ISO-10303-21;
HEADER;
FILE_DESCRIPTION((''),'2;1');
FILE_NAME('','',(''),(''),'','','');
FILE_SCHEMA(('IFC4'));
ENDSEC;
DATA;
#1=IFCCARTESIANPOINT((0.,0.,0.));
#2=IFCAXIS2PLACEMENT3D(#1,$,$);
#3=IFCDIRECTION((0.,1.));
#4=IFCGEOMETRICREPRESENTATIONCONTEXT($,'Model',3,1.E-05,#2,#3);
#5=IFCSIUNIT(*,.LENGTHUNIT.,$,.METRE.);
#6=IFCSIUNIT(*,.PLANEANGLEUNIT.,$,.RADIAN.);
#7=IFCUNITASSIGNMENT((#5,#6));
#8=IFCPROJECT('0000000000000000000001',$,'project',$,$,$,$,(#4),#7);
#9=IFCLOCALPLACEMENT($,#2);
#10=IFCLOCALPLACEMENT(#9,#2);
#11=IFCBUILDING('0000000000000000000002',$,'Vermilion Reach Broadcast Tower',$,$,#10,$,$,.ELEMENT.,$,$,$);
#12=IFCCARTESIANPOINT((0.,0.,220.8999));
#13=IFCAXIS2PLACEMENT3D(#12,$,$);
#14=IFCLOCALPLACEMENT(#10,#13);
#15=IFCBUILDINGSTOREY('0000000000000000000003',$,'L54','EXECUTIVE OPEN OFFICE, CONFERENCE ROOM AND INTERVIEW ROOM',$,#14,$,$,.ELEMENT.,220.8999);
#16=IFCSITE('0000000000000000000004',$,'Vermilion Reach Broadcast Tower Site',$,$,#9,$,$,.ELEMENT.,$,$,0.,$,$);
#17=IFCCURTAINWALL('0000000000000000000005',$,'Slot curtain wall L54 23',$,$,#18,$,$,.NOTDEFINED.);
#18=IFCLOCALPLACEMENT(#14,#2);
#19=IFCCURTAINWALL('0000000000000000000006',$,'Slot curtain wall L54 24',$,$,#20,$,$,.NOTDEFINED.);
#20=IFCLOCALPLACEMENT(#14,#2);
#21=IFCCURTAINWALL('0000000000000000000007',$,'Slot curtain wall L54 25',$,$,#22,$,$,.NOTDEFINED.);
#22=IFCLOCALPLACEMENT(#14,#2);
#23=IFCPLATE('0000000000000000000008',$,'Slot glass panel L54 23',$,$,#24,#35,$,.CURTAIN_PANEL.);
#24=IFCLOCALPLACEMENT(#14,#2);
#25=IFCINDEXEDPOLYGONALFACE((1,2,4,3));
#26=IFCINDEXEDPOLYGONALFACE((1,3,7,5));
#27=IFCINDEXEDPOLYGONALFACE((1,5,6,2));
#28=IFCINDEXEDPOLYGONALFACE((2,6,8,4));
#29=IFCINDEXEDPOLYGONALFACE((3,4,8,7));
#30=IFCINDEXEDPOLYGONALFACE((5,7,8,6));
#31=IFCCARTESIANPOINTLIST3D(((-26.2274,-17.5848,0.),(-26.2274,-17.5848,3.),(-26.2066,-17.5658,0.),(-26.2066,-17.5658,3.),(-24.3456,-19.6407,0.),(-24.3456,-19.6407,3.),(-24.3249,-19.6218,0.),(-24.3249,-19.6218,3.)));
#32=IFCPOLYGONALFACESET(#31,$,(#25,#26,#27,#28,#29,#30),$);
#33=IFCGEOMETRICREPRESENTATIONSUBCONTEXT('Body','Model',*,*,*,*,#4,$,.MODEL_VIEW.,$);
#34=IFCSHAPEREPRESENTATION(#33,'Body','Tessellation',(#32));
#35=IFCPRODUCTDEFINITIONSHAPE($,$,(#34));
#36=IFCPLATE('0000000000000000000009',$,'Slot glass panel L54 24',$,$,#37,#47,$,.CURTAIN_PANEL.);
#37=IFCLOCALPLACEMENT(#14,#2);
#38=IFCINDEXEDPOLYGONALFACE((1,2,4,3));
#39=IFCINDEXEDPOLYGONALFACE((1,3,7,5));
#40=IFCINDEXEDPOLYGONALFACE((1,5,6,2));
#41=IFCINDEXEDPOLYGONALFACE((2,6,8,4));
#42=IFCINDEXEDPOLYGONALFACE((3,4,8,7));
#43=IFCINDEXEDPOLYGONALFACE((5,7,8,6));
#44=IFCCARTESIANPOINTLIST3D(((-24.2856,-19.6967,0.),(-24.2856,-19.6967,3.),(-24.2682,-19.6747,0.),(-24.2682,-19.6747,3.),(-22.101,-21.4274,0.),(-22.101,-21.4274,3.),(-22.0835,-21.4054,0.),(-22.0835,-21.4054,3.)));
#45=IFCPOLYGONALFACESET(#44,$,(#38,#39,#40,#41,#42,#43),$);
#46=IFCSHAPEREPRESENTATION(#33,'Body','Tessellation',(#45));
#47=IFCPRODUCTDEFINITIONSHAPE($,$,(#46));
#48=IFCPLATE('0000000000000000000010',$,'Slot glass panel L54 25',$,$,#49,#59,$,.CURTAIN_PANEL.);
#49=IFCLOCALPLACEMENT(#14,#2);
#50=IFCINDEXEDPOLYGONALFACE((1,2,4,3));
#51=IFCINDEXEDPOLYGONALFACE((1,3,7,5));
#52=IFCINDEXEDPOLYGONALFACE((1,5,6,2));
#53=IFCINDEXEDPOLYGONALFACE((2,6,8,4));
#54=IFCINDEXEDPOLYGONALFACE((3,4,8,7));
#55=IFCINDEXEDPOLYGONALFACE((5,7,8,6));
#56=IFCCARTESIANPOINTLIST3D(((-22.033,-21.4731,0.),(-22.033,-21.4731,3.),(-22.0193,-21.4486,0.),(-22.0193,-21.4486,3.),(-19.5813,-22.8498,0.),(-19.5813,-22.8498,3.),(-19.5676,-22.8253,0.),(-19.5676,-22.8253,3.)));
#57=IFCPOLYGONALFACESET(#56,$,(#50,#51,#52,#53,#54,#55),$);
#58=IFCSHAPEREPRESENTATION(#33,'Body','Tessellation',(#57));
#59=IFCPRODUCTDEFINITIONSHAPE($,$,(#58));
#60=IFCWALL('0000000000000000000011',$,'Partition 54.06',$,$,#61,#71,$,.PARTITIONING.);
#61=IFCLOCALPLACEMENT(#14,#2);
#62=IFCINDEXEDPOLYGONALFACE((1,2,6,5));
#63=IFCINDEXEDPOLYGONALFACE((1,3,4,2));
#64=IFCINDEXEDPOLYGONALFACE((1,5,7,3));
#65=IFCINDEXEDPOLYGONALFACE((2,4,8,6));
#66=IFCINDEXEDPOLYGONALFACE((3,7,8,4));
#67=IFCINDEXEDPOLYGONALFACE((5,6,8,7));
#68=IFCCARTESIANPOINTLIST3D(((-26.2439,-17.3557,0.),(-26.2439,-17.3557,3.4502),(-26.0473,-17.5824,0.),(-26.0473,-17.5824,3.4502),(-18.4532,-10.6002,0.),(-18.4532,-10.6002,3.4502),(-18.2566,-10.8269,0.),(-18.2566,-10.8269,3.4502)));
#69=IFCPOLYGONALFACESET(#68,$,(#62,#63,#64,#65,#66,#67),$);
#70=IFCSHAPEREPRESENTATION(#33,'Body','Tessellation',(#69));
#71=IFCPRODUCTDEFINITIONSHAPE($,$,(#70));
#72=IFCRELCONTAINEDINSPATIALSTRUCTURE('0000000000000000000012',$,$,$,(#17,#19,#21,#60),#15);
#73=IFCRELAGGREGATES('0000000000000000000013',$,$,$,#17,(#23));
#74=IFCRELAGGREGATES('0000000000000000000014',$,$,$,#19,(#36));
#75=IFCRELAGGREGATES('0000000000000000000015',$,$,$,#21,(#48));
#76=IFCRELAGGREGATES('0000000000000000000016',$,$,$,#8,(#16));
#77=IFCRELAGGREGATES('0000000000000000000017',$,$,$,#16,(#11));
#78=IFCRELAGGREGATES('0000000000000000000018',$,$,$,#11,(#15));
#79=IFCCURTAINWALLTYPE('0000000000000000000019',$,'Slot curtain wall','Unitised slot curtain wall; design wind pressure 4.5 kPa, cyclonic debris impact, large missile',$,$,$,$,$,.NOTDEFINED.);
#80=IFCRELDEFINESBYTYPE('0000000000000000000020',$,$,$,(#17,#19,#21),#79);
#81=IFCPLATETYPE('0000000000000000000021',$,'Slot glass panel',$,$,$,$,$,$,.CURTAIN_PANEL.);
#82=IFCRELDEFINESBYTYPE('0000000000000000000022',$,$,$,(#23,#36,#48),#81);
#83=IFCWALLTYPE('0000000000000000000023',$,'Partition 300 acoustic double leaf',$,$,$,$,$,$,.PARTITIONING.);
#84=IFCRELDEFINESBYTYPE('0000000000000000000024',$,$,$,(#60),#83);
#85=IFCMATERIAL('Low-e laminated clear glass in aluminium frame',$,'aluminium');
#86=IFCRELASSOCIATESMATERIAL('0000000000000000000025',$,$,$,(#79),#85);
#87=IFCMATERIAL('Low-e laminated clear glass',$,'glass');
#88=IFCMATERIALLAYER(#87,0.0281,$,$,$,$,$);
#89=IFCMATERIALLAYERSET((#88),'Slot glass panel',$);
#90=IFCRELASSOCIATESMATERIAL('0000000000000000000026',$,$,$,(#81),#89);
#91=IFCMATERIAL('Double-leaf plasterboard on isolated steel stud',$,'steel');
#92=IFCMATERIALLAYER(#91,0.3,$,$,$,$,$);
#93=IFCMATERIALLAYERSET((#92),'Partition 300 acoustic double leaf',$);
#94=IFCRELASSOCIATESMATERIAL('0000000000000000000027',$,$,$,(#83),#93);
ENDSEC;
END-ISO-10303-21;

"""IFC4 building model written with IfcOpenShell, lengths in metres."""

from ifc_helpers import new_model, si_unit, direction, frame, frame_2d, origin, origin_2d, place, context, subcontext, project, spatial, rectangle, extrude, material, layer, layer_set, type_object, element, aggregate, save


model = new_model("IFC4")

# Units and contexts
model_context = context("Model", 3, precision=1e-05, world=origin(), true_north=direction((0.0, 1.0)))
body_context = subcontext(model_context, "Body", "Model", "MODEL_VIEW")
ifc_project = project(units=[si_unit("LENGTHUNIT", "METRE"), si_unit("PLANEANGLEUNIT", "RADIAN")], contexts=[model_context])

# Site, building, storey
site_placement = place(None, origin())
site = spatial("IfcSite", under=ifc_project, at=site_placement, Name="Vermilion Reach Broadcast Tower Site", CompositionType="ELEMENT", RefElevation=0.0)
building_placement = place(site_placement, origin())
building = spatial("IfcBuilding", under=site, at=building_placement, Name="Vermilion Reach Broadcast Tower", CompositionType="ELEMENT")
storey_placement = place(building_placement, frame((0.0, 0.0, 220.8999)))
storey = spatial("IfcBuildingStorey", under=building, at=storey_placement, Name="L54", Description="EXECUTIVE OPEN OFFICE, CONFERENCE ROOM AND INTERVIEW ROOM", CompositionType="ELEMENT", Elevation=220.8999)

# Curtain walls
ifc_material_1 = material(Name="Low-e laminated clear glass in aluminium frame", Category="aluminium")
curtain_wall_type = type_object("IfcCurtainWallType", Name="Slot curtain wall", Description="Unitised slot curtain wall; design wind pressure 4.5 kPa, cyclonic debris impact, large missile", PredefinedType="NOTDEFINED", material=ifc_material_1)
placement = place(storey_placement, origin())
curtain_wall_1 = element("IfcCurtainWall", 1, at=placement, inside=storey, type_object=curtain_wall_type, Name="Slot curtain wall L54 23", PredefinedType="NOTDEFINED")
curtain_wall_2 = element("IfcCurtainWall", 2, at=placement, inside=storey, type_object=curtain_wall_type, Name="Slot curtain wall L54 24", PredefinedType="NOTDEFINED")
curtain_wall_3 = element("IfcCurtainWall", 3, at=placement, inside=storey, type_object=curtain_wall_type, Name="Slot curtain wall L54 25", PredefinedType="NOTDEFINED")

# Plates
ifc_material_2 = material(Name="Low-e laminated clear glass", Category="glass")
ifc_layer_1 = layer(ifc_material_2, 0.0281)
ifc_layer_set_1 = layer_set([ifc_layer_1], Name="Slot glass panel")
plate_type = type_object("IfcPlateType", Name="Slot glass panel", PredefinedType="CURTAIN_PANEL", material=ifc_layer_set_1)
plate_1_placement = place(storey_placement, frame((-25.2761, -18.6033, 0.0), z_axis=(0.0, 0.0, 1.0), x_axis=(0.675162, -0.737669, 0.0)))
plate_1 = element("IfcPlate", 4, at=plate_1_placement, type_object=plate_type, Name="Slot glass panel L54 23", PredefinedType="CURTAIN_PANEL", context=body_context, shape_type="SweptSolid", body=[
    extrude(rectangle(XDim=2.7871, YDim=0.0281, at=origin_2d()), origin(), (0.0, 0.0, 1.0), 3.0),
])
aggregate(curtain_wall_1, [plate_1])
plate_2_placement = place(storey_placement, frame((-23.1846, -20.551, 0.0), z_axis=(0.0, 0.0, 1.0), x_axis=(0.783837, -0.620966, 0.0)))
plate_2 = element("IfcPlate", 5, at=plate_2_placement, type_object=plate_type, Name="Slot glass panel L54 24", PredefinedType="CURTAIN_PANEL", context=body_context, shape_type="SweptSolid", body=[
    extrude(rectangle(XDim=2.7871, YDim=0.0281, at=origin_2d()), origin(), (0.0, 0.0, 1.0), 3.0),
])
aggregate(curtain_wall_2, [plate_2])
plate_3_placement = place(storey_placement, frame((-20.8003, -22.1492, 0.0), z_axis=(0.0, 0.0, 1.0), x_axis=(0.871937, -0.489618, 0.0)))
plate_3 = element("IfcPlate", 6, at=plate_3_placement, type_object=plate_type, Name="Slot glass panel L54 25", PredefinedType="CURTAIN_PANEL", context=body_context, shape_type="SweptSolid", body=[
    extrude(rectangle(XDim=2.8118, YDim=0.0281, at=origin_2d()), origin(), (0.0, 0.0, 1.0), 3.0),
])
aggregate(curtain_wall_3, [plate_3])

# Wall
ifc_material_3 = material(Name="Double-leaf plasterboard on isolated steel stud", Category="steel")
ifc_layer_2 = layer(ifc_material_3, 0.3)
ifc_layer_set_2 = layer_set([ifc_layer_2], Name="Partition 300 acoustic double leaf")
wall_type = type_object("IfcWallType", Name="Partition 300 acoustic double leaf", PredefinedType="PARTITIONING", material=ifc_layer_set_2)
wall_placement = place(storey_placement, frame((-26.1455, -17.469, 0.0), z_axis=(0.0, 0.0, 1.0), x_axis=(0.755516, 0.655131, 0.0)))
element("IfcWall", 7, at=wall_placement, inside=storey, type_object=wall_type, Name="Partition 54.06", PredefinedType="PARTITIONING", context=body_context, shape_type="SweptSolid", body=[
    extrude(rectangle(XDim=10.3118, YDim=0.3, at=frame_2d((5.1558, 0.0))), origin(), (0.0, 0.0, 1.0), 3.4502),
])

save(model, "model.ifc")
